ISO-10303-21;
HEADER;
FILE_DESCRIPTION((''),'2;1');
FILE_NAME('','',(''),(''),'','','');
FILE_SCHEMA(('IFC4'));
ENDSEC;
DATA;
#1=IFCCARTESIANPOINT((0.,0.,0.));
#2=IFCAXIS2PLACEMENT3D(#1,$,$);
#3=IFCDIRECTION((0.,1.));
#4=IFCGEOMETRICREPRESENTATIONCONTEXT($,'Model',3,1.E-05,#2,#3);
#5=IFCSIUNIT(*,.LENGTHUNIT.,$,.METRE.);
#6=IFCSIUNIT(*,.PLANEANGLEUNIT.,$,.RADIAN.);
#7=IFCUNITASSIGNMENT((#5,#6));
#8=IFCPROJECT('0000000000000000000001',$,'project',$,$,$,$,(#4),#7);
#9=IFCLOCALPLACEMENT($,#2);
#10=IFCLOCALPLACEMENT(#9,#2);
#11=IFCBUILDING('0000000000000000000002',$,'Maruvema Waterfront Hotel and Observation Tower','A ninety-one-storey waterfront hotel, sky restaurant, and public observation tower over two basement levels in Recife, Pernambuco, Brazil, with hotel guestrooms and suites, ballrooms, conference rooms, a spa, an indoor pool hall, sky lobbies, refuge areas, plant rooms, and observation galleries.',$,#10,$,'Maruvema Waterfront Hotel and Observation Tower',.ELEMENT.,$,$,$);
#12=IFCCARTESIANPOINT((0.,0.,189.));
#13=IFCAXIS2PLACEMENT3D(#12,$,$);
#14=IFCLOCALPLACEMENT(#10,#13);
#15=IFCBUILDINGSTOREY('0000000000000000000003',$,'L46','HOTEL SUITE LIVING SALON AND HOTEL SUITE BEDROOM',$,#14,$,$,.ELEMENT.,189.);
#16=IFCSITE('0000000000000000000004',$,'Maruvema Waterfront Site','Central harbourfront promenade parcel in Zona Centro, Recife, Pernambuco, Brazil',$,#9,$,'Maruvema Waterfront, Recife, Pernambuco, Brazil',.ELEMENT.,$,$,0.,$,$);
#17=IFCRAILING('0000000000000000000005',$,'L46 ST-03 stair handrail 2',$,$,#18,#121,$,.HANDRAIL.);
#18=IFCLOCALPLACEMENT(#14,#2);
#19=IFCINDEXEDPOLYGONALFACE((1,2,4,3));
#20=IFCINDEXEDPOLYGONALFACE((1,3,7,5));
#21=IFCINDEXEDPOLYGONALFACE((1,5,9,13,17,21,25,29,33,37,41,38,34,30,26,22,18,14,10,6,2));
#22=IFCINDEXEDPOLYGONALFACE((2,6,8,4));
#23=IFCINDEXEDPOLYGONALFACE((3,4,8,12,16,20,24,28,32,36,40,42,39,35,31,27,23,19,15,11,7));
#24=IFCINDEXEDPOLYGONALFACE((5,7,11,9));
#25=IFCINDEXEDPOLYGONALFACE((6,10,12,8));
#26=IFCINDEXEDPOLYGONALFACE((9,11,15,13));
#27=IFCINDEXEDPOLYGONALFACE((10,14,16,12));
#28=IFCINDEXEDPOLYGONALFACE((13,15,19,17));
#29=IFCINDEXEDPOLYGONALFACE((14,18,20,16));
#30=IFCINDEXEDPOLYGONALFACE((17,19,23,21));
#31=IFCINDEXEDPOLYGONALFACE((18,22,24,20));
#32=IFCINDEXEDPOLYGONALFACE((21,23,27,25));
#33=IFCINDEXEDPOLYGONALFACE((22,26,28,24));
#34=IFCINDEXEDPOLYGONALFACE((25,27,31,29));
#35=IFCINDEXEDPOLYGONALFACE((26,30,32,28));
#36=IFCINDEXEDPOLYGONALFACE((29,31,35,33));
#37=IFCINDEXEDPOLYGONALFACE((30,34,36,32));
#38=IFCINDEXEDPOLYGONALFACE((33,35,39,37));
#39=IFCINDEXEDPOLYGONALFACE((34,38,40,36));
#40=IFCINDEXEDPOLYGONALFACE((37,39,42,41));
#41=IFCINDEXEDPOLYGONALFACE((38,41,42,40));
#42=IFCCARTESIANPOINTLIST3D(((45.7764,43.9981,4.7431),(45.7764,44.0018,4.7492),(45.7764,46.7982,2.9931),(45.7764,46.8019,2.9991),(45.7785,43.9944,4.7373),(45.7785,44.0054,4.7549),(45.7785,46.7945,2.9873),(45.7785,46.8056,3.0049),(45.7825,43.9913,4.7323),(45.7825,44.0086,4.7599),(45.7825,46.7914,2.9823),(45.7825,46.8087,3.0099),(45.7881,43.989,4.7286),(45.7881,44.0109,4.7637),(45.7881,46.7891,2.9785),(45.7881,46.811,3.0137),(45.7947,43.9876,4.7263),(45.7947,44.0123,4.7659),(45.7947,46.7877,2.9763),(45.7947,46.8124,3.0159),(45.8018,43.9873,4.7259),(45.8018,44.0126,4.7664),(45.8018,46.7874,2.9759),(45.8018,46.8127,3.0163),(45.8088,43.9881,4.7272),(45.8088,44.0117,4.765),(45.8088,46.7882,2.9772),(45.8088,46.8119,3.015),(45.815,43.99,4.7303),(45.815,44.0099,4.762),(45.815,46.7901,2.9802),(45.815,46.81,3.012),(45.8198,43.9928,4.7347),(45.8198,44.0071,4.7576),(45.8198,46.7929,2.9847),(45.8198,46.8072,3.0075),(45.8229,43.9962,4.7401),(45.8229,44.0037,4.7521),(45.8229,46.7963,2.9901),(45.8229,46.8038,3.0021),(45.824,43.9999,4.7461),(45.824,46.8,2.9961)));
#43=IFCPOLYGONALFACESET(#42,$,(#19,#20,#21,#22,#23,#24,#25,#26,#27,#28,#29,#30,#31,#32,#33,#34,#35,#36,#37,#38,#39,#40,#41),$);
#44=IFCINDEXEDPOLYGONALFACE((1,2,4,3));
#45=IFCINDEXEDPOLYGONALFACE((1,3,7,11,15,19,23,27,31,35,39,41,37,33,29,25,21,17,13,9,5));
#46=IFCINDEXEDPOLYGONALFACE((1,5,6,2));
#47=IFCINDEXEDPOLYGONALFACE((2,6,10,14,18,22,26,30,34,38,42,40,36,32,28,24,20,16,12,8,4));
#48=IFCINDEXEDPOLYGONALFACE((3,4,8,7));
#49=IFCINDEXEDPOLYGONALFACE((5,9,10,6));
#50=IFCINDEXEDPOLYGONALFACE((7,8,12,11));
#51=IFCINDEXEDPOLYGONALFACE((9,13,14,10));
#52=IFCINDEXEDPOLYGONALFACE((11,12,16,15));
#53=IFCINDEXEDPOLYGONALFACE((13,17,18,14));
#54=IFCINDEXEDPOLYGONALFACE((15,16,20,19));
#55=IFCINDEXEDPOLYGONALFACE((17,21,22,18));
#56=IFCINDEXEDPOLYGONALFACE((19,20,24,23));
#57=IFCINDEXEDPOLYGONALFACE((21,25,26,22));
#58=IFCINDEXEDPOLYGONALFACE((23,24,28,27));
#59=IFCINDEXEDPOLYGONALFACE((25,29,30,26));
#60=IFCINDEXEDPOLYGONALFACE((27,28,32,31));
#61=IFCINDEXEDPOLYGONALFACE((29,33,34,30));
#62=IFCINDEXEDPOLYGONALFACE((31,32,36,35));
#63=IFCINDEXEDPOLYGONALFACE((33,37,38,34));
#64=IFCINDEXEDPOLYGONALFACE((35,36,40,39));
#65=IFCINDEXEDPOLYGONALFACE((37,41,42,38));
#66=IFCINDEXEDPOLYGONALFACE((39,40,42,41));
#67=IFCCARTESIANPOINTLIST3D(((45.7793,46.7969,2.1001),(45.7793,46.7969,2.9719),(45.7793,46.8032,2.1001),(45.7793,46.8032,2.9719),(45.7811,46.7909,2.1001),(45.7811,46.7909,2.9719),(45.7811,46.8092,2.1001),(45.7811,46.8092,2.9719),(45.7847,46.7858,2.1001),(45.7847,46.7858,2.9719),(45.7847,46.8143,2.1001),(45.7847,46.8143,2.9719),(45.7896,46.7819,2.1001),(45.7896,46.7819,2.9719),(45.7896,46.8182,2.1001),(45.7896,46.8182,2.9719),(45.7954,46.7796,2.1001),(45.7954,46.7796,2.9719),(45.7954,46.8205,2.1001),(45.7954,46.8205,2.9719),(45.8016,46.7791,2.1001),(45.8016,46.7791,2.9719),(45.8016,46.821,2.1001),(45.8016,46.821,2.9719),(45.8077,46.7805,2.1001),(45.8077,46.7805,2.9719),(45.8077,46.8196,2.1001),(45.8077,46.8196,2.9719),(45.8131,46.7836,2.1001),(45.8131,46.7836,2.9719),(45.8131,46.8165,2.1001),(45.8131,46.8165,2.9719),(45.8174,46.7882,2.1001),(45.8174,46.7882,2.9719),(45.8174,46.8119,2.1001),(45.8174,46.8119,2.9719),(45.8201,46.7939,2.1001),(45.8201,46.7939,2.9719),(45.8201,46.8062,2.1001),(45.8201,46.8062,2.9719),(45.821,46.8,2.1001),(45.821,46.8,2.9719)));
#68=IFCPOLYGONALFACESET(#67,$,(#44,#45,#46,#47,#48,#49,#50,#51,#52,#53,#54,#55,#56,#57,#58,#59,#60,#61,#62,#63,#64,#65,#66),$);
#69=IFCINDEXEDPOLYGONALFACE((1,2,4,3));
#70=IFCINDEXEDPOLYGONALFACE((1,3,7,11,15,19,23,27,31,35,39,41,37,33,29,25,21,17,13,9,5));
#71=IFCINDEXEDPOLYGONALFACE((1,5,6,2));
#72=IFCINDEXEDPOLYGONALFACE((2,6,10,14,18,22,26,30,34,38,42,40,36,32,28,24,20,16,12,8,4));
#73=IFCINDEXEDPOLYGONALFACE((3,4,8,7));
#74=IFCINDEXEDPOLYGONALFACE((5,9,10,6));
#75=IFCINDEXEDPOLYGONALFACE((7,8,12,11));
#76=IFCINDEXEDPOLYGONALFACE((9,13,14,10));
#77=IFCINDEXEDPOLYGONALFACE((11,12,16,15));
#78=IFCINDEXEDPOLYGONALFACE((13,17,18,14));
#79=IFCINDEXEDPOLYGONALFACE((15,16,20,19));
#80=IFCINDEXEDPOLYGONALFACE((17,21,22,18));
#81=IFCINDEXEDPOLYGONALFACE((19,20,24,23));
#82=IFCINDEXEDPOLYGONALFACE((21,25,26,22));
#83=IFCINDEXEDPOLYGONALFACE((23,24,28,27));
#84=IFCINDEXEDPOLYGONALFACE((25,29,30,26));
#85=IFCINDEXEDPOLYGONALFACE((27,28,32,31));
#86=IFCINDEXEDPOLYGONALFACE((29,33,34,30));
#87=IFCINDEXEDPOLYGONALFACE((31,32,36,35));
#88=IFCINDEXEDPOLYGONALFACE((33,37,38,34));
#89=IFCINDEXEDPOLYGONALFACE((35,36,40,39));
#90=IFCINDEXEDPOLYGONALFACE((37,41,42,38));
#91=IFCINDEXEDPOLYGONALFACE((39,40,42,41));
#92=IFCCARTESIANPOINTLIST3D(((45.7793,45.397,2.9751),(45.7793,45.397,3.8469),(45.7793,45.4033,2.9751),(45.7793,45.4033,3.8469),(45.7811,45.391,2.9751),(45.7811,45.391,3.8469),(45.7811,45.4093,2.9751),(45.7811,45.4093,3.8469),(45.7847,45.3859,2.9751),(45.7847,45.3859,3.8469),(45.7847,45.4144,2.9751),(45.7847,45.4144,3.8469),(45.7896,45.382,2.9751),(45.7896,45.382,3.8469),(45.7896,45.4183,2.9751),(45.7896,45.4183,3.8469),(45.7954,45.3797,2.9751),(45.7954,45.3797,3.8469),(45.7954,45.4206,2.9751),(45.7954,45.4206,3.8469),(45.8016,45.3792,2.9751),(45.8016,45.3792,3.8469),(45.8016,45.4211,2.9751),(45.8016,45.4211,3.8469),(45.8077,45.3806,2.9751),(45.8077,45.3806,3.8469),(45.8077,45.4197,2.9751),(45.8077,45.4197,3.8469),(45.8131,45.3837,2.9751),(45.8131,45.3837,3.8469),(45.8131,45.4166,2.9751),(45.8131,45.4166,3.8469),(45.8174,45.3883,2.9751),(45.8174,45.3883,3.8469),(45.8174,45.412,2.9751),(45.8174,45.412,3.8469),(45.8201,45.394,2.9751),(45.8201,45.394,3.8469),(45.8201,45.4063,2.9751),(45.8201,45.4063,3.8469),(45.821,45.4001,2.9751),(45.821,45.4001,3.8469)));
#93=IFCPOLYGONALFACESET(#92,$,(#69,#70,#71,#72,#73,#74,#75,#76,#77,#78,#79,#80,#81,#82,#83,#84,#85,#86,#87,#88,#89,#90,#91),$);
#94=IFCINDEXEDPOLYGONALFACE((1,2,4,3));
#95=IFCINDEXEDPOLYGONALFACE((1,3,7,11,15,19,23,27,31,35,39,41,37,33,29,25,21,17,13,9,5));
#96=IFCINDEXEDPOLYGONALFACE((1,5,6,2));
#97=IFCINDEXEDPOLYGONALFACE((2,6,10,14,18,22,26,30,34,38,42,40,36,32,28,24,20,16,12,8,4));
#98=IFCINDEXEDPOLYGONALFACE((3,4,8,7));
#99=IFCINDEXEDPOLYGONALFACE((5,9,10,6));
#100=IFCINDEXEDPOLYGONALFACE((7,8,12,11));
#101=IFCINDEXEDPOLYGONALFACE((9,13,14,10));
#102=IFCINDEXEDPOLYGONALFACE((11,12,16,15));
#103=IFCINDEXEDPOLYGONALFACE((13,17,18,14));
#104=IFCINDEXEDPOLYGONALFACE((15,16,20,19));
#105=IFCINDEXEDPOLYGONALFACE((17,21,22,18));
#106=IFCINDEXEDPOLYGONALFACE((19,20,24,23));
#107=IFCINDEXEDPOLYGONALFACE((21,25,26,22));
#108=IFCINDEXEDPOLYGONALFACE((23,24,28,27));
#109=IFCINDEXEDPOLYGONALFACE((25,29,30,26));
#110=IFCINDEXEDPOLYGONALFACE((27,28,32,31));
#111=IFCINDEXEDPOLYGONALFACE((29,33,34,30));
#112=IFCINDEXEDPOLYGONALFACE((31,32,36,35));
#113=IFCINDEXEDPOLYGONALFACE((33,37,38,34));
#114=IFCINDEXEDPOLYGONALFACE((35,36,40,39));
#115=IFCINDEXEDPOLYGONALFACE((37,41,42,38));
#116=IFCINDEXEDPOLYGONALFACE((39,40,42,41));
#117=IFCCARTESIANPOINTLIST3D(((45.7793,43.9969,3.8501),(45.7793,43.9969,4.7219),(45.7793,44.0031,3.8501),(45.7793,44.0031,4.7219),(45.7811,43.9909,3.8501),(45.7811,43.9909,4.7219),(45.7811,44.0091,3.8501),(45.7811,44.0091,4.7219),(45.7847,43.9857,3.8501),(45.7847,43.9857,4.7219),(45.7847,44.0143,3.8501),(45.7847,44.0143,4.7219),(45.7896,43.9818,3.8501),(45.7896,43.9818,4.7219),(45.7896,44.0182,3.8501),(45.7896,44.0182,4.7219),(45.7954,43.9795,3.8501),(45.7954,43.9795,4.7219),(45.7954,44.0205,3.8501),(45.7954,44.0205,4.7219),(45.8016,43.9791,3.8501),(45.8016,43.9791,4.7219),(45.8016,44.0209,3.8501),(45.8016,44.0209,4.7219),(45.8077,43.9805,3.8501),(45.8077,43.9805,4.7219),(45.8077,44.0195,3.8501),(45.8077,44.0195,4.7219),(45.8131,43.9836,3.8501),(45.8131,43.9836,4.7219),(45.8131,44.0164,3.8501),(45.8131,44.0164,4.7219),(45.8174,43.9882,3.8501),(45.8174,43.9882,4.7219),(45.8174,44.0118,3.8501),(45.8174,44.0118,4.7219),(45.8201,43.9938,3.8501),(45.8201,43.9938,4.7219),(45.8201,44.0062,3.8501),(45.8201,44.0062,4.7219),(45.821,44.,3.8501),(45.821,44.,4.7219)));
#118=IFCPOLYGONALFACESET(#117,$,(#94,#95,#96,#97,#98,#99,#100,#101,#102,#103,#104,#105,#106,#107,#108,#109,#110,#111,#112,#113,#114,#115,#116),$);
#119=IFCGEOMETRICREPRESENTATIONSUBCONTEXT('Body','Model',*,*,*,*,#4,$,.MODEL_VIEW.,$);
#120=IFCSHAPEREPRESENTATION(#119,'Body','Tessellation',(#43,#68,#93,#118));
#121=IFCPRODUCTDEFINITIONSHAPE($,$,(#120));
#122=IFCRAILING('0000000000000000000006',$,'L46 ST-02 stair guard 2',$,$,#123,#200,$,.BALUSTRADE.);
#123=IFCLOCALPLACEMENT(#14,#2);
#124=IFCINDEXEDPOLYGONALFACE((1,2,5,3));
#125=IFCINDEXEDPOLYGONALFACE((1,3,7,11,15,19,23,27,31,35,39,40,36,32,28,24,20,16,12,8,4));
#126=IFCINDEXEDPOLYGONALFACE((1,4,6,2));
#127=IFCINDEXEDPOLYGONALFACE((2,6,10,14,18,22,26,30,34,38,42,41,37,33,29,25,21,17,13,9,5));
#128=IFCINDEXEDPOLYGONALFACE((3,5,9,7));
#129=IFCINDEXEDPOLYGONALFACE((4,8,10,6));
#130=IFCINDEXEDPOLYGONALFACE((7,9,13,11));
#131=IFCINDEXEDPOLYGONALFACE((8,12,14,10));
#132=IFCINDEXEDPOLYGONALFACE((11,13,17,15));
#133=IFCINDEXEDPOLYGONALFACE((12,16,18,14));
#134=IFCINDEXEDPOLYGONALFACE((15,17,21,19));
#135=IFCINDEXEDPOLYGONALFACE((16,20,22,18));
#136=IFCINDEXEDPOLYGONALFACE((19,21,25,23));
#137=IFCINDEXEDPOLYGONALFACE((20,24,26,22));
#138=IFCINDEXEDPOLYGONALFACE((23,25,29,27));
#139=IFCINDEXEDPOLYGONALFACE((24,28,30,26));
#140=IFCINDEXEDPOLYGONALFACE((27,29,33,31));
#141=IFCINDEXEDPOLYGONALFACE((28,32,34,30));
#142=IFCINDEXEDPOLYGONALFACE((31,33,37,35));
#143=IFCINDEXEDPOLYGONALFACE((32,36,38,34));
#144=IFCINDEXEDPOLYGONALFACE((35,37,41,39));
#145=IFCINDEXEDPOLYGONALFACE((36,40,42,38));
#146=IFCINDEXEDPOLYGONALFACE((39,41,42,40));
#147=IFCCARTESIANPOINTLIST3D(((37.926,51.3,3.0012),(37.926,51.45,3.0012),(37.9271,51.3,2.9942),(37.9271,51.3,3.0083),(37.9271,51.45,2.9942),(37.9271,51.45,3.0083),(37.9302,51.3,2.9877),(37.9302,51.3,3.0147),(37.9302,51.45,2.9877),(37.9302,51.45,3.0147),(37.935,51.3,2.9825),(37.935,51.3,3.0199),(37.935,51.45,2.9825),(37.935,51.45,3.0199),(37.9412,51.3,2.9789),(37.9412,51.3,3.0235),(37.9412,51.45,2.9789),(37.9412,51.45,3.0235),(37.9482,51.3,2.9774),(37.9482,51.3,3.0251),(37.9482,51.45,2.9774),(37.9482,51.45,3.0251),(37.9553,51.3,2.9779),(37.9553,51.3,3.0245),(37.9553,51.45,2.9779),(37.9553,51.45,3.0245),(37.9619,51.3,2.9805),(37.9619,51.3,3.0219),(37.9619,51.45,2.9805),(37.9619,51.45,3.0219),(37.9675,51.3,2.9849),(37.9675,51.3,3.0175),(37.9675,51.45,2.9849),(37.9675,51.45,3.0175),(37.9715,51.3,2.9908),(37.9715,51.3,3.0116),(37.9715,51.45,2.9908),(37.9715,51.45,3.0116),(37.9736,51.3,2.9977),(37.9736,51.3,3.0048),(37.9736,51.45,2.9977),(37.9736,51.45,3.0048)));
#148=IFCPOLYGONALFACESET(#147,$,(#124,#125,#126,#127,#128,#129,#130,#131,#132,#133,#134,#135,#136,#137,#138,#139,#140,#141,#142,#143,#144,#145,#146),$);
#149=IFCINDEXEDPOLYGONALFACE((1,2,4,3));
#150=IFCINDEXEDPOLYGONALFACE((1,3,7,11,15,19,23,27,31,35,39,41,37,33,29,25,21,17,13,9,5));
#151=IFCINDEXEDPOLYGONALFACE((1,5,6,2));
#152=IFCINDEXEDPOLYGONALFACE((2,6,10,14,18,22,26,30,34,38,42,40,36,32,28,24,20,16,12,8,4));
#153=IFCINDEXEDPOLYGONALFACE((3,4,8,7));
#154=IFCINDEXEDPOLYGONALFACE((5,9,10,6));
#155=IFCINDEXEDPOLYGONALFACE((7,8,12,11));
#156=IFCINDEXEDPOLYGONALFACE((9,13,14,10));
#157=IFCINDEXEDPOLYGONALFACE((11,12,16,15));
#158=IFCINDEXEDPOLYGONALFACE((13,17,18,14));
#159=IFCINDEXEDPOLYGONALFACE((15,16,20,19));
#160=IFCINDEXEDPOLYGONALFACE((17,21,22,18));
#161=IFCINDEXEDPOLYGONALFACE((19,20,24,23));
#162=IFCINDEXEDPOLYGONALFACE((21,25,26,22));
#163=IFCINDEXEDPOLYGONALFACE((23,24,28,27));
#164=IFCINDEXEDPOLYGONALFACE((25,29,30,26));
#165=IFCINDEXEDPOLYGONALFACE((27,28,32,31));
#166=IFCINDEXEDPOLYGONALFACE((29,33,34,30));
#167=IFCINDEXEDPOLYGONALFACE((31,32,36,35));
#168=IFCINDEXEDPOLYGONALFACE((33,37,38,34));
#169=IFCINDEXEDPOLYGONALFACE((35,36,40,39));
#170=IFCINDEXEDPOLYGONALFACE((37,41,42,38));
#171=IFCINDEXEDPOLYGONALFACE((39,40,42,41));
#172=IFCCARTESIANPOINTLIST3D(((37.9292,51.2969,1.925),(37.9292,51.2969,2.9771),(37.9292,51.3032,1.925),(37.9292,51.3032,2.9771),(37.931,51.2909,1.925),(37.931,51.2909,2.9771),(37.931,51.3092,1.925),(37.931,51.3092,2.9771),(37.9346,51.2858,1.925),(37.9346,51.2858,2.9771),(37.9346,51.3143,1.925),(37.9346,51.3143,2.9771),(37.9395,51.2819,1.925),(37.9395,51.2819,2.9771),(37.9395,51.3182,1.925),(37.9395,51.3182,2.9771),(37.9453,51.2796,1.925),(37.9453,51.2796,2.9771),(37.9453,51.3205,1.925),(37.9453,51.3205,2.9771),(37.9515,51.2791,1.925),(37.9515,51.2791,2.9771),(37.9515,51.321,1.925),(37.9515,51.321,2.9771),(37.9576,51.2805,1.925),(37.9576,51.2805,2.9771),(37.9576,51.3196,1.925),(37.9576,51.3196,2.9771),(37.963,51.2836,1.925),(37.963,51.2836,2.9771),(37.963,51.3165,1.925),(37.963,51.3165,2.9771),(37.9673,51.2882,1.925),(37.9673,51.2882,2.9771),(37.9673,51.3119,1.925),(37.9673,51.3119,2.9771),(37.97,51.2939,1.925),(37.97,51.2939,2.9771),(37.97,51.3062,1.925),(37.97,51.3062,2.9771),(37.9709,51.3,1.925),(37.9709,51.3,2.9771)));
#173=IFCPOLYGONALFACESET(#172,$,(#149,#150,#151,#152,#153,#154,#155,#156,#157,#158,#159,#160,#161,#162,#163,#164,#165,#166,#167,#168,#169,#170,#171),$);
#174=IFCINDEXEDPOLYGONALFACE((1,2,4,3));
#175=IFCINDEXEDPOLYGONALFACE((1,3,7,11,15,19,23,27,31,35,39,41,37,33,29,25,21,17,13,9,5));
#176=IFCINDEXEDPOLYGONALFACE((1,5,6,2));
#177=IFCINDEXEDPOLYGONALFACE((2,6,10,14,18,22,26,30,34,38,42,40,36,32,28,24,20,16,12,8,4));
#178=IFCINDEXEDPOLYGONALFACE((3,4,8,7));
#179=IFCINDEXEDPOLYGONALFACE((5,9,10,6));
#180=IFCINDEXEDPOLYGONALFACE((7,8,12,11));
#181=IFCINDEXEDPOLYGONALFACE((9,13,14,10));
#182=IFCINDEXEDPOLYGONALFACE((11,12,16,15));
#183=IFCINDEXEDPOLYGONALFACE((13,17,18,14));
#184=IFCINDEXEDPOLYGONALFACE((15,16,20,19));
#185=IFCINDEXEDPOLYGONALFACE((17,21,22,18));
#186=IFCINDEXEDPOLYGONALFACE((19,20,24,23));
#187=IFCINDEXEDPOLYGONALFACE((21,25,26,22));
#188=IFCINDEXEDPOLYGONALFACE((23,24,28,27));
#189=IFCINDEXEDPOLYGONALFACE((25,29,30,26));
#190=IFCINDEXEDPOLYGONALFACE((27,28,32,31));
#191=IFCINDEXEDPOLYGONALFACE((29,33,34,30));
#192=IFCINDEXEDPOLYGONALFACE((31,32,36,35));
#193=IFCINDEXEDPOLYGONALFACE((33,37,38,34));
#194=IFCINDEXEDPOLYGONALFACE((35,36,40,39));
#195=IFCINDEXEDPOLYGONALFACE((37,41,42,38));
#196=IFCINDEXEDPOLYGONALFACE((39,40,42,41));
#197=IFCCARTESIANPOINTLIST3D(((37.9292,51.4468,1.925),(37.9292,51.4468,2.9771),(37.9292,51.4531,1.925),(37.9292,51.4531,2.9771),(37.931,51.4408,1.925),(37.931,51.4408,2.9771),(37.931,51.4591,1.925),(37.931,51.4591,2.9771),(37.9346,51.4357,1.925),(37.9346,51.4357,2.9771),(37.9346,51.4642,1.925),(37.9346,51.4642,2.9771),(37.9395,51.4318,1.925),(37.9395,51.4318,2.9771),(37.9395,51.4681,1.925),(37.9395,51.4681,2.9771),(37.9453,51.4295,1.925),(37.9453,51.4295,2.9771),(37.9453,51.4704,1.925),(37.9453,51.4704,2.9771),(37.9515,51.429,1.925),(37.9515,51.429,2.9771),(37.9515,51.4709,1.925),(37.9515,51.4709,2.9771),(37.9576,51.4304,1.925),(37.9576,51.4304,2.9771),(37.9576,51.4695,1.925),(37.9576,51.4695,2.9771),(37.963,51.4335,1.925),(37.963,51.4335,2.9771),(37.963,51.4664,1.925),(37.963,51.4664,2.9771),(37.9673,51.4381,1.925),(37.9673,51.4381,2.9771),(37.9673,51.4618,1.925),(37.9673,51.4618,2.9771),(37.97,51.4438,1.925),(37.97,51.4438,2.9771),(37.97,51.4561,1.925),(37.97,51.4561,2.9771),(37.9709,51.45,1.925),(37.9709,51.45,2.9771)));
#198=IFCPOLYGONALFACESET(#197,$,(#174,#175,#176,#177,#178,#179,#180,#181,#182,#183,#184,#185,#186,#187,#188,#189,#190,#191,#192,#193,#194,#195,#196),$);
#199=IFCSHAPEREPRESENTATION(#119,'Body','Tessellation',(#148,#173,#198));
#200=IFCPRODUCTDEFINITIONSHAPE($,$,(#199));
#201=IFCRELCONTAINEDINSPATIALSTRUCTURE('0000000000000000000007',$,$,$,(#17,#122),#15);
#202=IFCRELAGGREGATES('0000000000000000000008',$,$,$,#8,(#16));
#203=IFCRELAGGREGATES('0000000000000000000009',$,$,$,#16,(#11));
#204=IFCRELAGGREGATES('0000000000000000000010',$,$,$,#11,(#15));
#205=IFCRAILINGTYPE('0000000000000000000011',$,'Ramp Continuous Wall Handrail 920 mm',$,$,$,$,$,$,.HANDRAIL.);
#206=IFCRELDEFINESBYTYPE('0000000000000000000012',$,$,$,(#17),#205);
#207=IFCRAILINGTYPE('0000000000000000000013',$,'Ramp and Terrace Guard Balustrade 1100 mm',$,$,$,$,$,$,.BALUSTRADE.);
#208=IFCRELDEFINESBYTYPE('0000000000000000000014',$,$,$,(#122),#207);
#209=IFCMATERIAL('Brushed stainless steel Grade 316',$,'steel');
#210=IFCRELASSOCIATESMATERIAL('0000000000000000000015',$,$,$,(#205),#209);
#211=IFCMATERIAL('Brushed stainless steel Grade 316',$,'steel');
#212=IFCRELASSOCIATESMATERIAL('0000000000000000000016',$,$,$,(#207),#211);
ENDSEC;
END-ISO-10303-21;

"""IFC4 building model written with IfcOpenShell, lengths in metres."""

from ifc_helpers import new_model, si_unit, direction, frame, origin, origin_2d, place, context, subcontext, project, spatial, circle, extrude, material, type_object, element, save


model = new_model("IFC4")

# Units and contexts
model_context = context("Model", 3, precision=1e-05, world=origin(), true_north=direction((0.0, 1.0)))
body_context = subcontext(model_context, "Body", "Model", "MODEL_VIEW")
ifc_project = project(units=[si_unit("LENGTHUNIT", "METRE"), si_unit("PLANEANGLEUNIT", "RADIAN")], contexts=[model_context])

# Site, building, storey
site_placement = place(None, origin())
site = spatial("IfcSite", under=ifc_project, at=site_placement, Name="Maruvema Waterfront Site", Description="Central harbourfront promenade parcel in Zona Centro, Recife, Pernambuco, Brazil", LongName="Maruvema Waterfront, Recife, Pernambuco, Brazil", CompositionType="ELEMENT", RefElevation=0.0)
building_placement = place(site_placement, origin())
building = spatial("IfcBuilding", under=site, at=building_placement, Name="Maruvema Waterfront Hotel and Observation Tower", Description="A ninety-one-storey waterfront hotel, sky restaurant, and public observation tower over two basement levels in Recife, Pernambuco, Brazil, with hotel guestrooms and suites, ballrooms, conference rooms, a spa, an indoor pool hall, sky lobbies, refuge areas, plant rooms, and observation galleries.", LongName="Maruvema Waterfront Hotel and Observation Tower", CompositionType="ELEMENT")
storey_placement = place(building_placement, frame((0.0, 0.0, 189.0)))
storey = spatial("IfcBuildingStorey", under=building, at=storey_placement, Name="L46", Description="HOTEL SUITE LIVING SALON AND HOTEL SUITE BEDROOM", CompositionType="ELEMENT", Elevation=189.0)

# Railings
ifc_material_1 = material(Name="Brushed stainless steel Grade 316", Category="steel")
railing_type_1 = type_object("IfcRailingType", Name="Ramp Continuous Wall Handrail 920 mm", PredefinedType="HANDRAIL", material=ifc_material_1)
railing_1_placement = place(storey_placement, frame((45.8, 46.8, 2.1001)))
element("IfcRailing", 1, at=railing_1_placement, inside=storey, type_object=railing_type_1, Name="L46 ST-03 stair handrail 2", PredefinedType="HANDRAIL", context=body_context, shape_type="SweptSolid", body=[
    extrude(circle(Radius=0.0239, at=origin_2d()), frame((0.0, 0.0, 0.896), z_axis=(0.0, -0.848002, 0.529992), x_axis=(1.0, 0.0, 0.0)), (0.0, 0.0, 1.0), 3.302),
    extrude(circle(Radius=0.021, at=origin_2d()), origin(), (0.0, 0.0, 1.0), 0.8718),
    extrude(circle(Radius=0.021, at=origin_2d()), frame((0.0, -1.3999, 0.875)), (0.0, 0.0, 1.0), 0.8718),
    extrude(circle(Radius=0.021, at=origin_2d()), frame((0.0, -2.8, 1.75)), (0.0, 0.0, 1.0), 0.8718),
])
ifc_material_2 = material(Name="Brushed stainless steel Grade 316", Category="steel")
railing_type_2 = type_object("IfcRailingType", Name="Ramp and Terrace Guard Balustrade 1100 mm", PredefinedType="BALUSTRADE", material=ifc_material_2)
railing_2_placement = place(storey_placement, frame((37.95, 51.3, 1.925)))
element("IfcRailing", 2, at=railing_2_placement, inside=storey, type_object=railing_type_2, Name="L46 ST-02 stair guard 2", PredefinedType="BALUSTRADE", context=body_context, shape_type="SweptSolid", body=[
    extrude(circle(Radius=0.0239, at=origin_2d()), frame((0.0, 0.0, 1.0762), z_axis=(0.0, 1.0, 0.0), x_axis=(-1.0, 0.0, 0.0)), (0.0, 0.0, 1.0), 0.1499),
    extrude(circle(Radius=0.021, at=origin_2d()), origin(), (0.0, 0.0, 1.0), 1.052),
    extrude(circle(Radius=0.021, at=origin_2d()), frame((0.0, 0.1499, 0.0)), (0.0, 0.0, 1.0), 1.052),
])

save(model, "model.ifc")
